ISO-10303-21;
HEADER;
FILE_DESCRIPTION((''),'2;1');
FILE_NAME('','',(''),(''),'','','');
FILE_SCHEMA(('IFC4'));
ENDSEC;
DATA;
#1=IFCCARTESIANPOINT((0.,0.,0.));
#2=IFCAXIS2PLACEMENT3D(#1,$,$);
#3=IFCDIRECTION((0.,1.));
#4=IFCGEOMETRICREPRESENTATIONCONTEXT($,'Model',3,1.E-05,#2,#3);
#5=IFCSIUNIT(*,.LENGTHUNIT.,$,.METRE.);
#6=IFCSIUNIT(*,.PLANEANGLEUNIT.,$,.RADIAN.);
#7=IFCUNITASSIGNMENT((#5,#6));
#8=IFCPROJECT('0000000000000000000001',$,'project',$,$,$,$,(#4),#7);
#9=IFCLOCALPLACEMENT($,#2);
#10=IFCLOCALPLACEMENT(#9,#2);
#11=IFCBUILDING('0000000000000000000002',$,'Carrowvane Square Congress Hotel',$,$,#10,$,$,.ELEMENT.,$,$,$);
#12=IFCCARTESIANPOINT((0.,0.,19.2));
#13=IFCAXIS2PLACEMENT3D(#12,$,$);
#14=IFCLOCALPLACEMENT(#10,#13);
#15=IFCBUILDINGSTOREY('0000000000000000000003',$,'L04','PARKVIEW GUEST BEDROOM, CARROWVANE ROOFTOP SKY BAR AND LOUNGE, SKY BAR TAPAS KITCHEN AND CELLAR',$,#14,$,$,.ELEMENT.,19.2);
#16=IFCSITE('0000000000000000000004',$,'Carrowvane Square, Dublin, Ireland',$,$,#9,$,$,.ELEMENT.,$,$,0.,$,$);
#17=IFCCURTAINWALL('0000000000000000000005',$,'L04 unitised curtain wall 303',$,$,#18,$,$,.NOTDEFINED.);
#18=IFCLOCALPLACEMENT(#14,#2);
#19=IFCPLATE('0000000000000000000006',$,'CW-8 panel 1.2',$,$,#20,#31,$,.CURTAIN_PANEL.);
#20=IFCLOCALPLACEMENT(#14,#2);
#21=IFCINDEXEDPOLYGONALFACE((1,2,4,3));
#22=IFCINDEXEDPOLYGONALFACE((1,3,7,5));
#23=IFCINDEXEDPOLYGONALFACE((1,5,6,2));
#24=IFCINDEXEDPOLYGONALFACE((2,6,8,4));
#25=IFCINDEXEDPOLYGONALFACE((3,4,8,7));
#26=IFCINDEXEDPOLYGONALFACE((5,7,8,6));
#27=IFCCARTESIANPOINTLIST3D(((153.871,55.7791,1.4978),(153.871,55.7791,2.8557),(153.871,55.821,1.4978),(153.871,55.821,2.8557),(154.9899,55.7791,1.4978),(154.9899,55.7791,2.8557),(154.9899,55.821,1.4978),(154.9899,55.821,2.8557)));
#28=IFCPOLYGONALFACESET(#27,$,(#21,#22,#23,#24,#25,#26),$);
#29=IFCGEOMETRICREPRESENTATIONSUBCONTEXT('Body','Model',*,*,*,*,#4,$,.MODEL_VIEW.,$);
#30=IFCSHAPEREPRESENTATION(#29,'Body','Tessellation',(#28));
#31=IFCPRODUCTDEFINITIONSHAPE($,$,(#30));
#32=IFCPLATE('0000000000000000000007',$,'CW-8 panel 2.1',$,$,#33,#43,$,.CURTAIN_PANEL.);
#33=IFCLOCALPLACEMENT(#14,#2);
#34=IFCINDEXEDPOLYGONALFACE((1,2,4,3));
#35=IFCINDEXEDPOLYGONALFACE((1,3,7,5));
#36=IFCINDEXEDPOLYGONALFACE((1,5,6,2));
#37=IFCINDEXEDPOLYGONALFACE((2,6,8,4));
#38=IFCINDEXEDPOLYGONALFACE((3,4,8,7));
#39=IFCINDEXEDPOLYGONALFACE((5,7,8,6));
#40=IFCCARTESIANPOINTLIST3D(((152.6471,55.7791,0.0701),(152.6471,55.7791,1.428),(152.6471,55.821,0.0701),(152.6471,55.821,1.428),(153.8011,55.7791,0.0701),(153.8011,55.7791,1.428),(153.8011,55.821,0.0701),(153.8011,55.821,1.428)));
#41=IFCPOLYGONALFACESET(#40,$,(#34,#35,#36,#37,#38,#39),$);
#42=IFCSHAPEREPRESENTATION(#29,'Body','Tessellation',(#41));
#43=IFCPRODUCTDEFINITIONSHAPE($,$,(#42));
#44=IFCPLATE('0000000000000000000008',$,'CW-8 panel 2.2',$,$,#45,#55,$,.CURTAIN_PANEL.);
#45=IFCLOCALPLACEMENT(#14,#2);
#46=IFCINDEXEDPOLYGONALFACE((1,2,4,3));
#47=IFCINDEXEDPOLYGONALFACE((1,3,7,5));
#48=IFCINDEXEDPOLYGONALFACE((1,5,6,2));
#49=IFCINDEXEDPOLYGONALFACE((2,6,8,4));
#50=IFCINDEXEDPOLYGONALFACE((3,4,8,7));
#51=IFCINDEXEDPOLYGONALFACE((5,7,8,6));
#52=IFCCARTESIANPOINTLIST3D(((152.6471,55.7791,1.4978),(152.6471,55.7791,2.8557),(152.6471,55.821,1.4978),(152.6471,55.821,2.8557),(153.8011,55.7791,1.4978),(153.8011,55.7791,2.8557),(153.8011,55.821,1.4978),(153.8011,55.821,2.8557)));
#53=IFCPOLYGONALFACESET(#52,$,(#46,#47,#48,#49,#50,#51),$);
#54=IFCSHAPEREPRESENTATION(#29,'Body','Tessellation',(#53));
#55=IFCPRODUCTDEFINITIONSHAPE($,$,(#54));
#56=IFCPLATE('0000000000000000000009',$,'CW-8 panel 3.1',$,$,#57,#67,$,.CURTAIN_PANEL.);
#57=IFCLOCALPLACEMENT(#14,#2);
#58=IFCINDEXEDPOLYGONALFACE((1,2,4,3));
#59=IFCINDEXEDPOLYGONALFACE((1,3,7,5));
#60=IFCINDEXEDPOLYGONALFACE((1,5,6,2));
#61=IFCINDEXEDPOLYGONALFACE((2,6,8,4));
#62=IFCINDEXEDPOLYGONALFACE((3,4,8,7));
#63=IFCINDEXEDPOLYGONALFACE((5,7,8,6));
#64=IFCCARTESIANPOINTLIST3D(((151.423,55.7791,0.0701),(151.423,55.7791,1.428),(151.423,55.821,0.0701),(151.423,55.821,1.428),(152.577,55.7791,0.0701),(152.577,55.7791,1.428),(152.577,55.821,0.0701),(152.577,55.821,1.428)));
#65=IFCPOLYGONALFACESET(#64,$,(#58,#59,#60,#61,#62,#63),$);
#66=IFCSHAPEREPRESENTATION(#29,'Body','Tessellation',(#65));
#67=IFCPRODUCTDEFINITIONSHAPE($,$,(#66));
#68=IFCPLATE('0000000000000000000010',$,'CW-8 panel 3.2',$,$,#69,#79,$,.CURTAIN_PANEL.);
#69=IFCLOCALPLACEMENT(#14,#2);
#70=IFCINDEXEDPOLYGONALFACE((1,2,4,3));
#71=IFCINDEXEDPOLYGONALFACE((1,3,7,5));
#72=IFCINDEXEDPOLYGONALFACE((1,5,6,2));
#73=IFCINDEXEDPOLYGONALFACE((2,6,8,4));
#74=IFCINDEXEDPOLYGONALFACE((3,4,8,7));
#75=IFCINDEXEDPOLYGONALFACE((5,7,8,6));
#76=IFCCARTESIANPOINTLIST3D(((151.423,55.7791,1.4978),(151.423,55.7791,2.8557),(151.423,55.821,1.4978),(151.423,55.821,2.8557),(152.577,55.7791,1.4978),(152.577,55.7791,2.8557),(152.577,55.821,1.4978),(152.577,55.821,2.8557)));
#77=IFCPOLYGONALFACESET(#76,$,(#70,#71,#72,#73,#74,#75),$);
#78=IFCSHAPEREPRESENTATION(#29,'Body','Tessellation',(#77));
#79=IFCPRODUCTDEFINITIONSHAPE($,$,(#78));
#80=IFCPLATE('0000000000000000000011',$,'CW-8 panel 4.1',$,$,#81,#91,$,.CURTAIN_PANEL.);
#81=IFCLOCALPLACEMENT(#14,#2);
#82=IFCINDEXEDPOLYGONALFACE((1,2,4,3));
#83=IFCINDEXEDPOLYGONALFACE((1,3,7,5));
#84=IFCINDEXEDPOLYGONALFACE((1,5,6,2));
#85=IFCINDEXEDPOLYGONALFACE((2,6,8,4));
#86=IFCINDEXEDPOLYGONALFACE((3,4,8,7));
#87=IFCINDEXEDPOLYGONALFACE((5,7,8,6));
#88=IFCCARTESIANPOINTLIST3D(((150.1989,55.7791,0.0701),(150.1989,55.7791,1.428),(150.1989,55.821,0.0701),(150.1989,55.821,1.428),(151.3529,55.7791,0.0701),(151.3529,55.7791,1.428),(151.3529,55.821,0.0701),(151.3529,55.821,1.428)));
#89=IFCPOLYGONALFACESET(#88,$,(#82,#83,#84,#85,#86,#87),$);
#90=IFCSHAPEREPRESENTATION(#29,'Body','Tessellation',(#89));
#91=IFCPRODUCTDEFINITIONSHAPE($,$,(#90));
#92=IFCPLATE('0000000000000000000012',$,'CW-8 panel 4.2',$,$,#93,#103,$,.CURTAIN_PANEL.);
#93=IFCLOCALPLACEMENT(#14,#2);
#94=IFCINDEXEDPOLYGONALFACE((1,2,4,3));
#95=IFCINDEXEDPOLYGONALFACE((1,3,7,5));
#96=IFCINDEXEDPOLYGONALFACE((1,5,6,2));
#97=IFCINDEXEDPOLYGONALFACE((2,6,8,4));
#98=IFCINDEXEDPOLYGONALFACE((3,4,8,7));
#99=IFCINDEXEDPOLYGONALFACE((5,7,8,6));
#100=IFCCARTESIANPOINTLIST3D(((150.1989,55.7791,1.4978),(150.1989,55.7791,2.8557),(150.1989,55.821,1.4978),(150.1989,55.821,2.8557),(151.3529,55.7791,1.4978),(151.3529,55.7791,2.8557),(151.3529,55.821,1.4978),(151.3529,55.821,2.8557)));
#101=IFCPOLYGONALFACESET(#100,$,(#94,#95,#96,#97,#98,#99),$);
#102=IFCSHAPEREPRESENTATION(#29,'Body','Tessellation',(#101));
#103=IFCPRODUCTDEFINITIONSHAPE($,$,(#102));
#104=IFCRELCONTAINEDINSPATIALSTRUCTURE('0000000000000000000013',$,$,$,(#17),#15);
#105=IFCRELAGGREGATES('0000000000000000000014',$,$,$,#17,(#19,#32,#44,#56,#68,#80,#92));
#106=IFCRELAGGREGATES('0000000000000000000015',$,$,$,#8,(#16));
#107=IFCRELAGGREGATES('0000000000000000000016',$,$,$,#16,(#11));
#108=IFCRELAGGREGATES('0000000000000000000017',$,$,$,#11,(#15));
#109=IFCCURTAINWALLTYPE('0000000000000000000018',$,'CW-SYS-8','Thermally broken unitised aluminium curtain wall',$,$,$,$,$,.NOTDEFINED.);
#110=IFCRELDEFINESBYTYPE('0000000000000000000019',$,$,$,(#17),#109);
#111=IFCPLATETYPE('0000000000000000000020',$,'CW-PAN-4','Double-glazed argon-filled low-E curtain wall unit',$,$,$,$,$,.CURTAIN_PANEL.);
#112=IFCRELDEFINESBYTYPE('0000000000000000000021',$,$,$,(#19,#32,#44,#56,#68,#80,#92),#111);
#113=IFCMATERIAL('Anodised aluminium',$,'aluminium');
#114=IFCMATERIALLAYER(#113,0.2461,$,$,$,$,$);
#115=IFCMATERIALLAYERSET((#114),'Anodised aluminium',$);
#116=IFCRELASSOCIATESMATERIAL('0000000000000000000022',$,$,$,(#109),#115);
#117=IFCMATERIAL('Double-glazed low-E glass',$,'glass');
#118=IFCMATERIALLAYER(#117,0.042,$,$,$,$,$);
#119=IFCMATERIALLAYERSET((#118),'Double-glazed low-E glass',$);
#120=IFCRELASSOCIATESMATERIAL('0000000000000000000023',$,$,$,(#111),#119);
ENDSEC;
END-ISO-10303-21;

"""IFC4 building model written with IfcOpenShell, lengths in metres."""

from ifc_helpers import new_model, si_unit, direction, frame, origin, origin_2d, place, context, subcontext, project, spatial, rectangle, extrude, material, layer, layer_set, type_object, element, aggregate, save


model = new_model("IFC4")

# Units and contexts
model_context = context("Model", 3, precision=1e-05, world=origin(), true_north=direction((0.0, 1.0)))
body_context = subcontext(model_context, "Body", "Model", "MODEL_VIEW")
ifc_project = project(units=[si_unit("LENGTHUNIT", "METRE"), si_unit("PLANEANGLEUNIT", "RADIAN")], contexts=[model_context])

# Site, building, storey
site_placement = place(None, origin())
site = spatial("IfcSite", under=ifc_project, at=site_placement, Name="Carrowvane Square, Dublin, Ireland", CompositionType="ELEMENT", RefElevation=0.0)
building_placement = place(site_placement, origin())
building = spatial("IfcBuilding", under=site, at=building_placement, Name="Carrowvane Square Congress Hotel", CompositionType="ELEMENT")
storey_placement = place(building_placement, frame((0.0, 0.0, 19.2)))
storey = spatial("IfcBuildingStorey", under=building, at=storey_placement, Name="L04", Description="PARKVIEW GUEST BEDROOM, CARROWVANE ROOFTOP SKY BAR AND LOUNGE, SKY BAR TAPAS KITCHEN AND CELLAR", CompositionType="ELEMENT", Elevation=19.2)

# Curtain wall, plates
ifc_material_1 = material(Name="Anodised aluminium", Category="aluminium")
ifc_layer_1 = layer(ifc_material_1, 0.2461)
ifc_layer_set_1 = layer_set([ifc_layer_1], Name="Anodised aluminium")
curtain_wall_type = type_object("IfcCurtainWallType", Name="CW-SYS-8", Description="Thermally broken unitised aluminium curtain wall", PredefinedType="NOTDEFINED", material=ifc_layer_set_1)
curtain_wall_placement = place(storey_placement, origin())
curtain_wall = element("IfcCurtainWall", 1, at=curtain_wall_placement, inside=storey, type_object=curtain_wall_type, Name="L04 unitised curtain wall 303", PredefinedType="NOTDEFINED")
ifc_material_2 = material(Name="Double-glazed low-E glass", Category="glass")
ifc_layer_2 = layer(ifc_material_2, 0.042)
ifc_layer_set_2 = layer_set([ifc_layer_2], Name="Double-glazed low-E glass")
plate_type = type_object("IfcPlateType", Name="CW-PAN-4", Description="Double-glazed argon-filled low-E curtain wall unit", PredefinedType="CURTAIN_PANEL", material=ifc_layer_set_2)
plate_1_placement = place(storey_placement, frame((154.4304, 55.8, 1.4978), z_axis=(0.0, 0.0, 1.0), x_axis=(-1.0, 0.0, 0.0)))
plate_1 = element("IfcPlate", 2, at=plate_1_placement, type_object=plate_type, Name="CW-8 panel 1.2", PredefinedType="CURTAIN_PANEL", context=body_context, shape_type="SweptSolid", body=[
    extrude(rectangle(XDim=1.1189, YDim=0.042, at=origin_2d()), origin(), (0.0, 0.0, 1.0), 1.3579),
])
plate_2_placement = place(storey_placement, frame((153.2241, 55.8, 0.0701), z_axis=(0.0, 0.0, 1.0), x_axis=(-1.0, 0.0, 0.0)))
plate_2 = element("IfcPlate", 3, at=plate_2_placement, type_object=plate_type, Name="CW-8 panel 2.1", PredefinedType="CURTAIN_PANEL", context=body_context, shape_type="SweptSolid", body=[
    extrude(rectangle(XDim=1.1541, YDim=0.042, at=origin_2d()), origin(), (0.0, 0.0, 1.0), 1.3579),
])
plate_3_placement = place(storey_placement, frame((153.2241, 55.8, 1.4978), z_axis=(0.0, 0.0, 1.0), x_axis=(-1.0, 0.0, 0.0)))
plate_3 = element("IfcPlate", 4, at=plate_3_placement, type_object=plate_type, Name="CW-8 panel 2.2", PredefinedType="CURTAIN_PANEL", context=body_context, shape_type="SweptSolid", body=[
    extrude(rectangle(XDim=1.1541, YDim=0.042, at=origin_2d()), origin(), (0.0, 0.0, 1.0), 1.3579),
])
plate_4_placement = place(storey_placement, frame((152.0, 55.8, 0.0701), z_axis=(0.0, 0.0, 1.0), x_axis=(-1.0, 0.0, 0.0)))
plate_4 = element("IfcPlate", 5, at=plate_4_placement, type_object=plate_type, Name="CW-8 panel 3.1", PredefinedType="CURTAIN_PANEL", context=body_context, shape_type="SweptSolid", body=[
    extrude(rectangle(XDim=1.1541, YDim=0.042, at=origin_2d()), origin(), (0.0, 0.0, 1.0), 1.3579),
])
plate_5_placement = place(storey_placement, frame((152.0, 55.8, 1.4978), z_axis=(0.0, 0.0, 1.0), x_axis=(-1.0, 0.0, 0.0)))
plate_5 = element("IfcPlate", 6, at=plate_5_placement, type_object=plate_type, Name="CW-8 panel 3.2", PredefinedType="CURTAIN_PANEL", context=body_context, shape_type="SweptSolid", body=[
    extrude(rectangle(XDim=1.1541, YDim=0.042, at=origin_2d()), origin(), (0.0, 0.0, 1.0), 1.3579),
])
plate_6_placement = place(storey_placement, frame((150.7759, 55.8, 0.0701), z_axis=(0.0, 0.0, 1.0), x_axis=(-1.0, 0.0, 0.0)))
plate_6 = element("IfcPlate", 7, at=plate_6_placement, type_object=plate_type, Name="CW-8 panel 4.1", PredefinedType="CURTAIN_PANEL", context=body_context, shape_type="SweptSolid", body=[
    extrude(rectangle(XDim=1.1541, YDim=0.042, at=origin_2d()), origin(), (0.0, 0.0, 1.0), 1.3579),
])
plate_7_placement = place(storey_placement, frame((150.7759, 55.8, 1.4978), z_axis=(0.0, 0.0, 1.0), x_axis=(-1.0, 0.0, 0.0)))
plate_7 = element("IfcPlate", 8, at=plate_7_placement, type_object=plate_type, Name="CW-8 panel 4.2", PredefinedType="CURTAIN_PANEL", context=body_context, shape_type="SweptSolid", body=[
    extrude(rectangle(XDim=1.1541, YDim=0.042, at=origin_2d()), origin(), (0.0, 0.0, 1.0), 1.3579),
])
aggregate(curtain_wall, [plate_1, plate_2, plate_3, plate_4, plate_5, plate_6, plate_7])

save(model, "model.ifc")
